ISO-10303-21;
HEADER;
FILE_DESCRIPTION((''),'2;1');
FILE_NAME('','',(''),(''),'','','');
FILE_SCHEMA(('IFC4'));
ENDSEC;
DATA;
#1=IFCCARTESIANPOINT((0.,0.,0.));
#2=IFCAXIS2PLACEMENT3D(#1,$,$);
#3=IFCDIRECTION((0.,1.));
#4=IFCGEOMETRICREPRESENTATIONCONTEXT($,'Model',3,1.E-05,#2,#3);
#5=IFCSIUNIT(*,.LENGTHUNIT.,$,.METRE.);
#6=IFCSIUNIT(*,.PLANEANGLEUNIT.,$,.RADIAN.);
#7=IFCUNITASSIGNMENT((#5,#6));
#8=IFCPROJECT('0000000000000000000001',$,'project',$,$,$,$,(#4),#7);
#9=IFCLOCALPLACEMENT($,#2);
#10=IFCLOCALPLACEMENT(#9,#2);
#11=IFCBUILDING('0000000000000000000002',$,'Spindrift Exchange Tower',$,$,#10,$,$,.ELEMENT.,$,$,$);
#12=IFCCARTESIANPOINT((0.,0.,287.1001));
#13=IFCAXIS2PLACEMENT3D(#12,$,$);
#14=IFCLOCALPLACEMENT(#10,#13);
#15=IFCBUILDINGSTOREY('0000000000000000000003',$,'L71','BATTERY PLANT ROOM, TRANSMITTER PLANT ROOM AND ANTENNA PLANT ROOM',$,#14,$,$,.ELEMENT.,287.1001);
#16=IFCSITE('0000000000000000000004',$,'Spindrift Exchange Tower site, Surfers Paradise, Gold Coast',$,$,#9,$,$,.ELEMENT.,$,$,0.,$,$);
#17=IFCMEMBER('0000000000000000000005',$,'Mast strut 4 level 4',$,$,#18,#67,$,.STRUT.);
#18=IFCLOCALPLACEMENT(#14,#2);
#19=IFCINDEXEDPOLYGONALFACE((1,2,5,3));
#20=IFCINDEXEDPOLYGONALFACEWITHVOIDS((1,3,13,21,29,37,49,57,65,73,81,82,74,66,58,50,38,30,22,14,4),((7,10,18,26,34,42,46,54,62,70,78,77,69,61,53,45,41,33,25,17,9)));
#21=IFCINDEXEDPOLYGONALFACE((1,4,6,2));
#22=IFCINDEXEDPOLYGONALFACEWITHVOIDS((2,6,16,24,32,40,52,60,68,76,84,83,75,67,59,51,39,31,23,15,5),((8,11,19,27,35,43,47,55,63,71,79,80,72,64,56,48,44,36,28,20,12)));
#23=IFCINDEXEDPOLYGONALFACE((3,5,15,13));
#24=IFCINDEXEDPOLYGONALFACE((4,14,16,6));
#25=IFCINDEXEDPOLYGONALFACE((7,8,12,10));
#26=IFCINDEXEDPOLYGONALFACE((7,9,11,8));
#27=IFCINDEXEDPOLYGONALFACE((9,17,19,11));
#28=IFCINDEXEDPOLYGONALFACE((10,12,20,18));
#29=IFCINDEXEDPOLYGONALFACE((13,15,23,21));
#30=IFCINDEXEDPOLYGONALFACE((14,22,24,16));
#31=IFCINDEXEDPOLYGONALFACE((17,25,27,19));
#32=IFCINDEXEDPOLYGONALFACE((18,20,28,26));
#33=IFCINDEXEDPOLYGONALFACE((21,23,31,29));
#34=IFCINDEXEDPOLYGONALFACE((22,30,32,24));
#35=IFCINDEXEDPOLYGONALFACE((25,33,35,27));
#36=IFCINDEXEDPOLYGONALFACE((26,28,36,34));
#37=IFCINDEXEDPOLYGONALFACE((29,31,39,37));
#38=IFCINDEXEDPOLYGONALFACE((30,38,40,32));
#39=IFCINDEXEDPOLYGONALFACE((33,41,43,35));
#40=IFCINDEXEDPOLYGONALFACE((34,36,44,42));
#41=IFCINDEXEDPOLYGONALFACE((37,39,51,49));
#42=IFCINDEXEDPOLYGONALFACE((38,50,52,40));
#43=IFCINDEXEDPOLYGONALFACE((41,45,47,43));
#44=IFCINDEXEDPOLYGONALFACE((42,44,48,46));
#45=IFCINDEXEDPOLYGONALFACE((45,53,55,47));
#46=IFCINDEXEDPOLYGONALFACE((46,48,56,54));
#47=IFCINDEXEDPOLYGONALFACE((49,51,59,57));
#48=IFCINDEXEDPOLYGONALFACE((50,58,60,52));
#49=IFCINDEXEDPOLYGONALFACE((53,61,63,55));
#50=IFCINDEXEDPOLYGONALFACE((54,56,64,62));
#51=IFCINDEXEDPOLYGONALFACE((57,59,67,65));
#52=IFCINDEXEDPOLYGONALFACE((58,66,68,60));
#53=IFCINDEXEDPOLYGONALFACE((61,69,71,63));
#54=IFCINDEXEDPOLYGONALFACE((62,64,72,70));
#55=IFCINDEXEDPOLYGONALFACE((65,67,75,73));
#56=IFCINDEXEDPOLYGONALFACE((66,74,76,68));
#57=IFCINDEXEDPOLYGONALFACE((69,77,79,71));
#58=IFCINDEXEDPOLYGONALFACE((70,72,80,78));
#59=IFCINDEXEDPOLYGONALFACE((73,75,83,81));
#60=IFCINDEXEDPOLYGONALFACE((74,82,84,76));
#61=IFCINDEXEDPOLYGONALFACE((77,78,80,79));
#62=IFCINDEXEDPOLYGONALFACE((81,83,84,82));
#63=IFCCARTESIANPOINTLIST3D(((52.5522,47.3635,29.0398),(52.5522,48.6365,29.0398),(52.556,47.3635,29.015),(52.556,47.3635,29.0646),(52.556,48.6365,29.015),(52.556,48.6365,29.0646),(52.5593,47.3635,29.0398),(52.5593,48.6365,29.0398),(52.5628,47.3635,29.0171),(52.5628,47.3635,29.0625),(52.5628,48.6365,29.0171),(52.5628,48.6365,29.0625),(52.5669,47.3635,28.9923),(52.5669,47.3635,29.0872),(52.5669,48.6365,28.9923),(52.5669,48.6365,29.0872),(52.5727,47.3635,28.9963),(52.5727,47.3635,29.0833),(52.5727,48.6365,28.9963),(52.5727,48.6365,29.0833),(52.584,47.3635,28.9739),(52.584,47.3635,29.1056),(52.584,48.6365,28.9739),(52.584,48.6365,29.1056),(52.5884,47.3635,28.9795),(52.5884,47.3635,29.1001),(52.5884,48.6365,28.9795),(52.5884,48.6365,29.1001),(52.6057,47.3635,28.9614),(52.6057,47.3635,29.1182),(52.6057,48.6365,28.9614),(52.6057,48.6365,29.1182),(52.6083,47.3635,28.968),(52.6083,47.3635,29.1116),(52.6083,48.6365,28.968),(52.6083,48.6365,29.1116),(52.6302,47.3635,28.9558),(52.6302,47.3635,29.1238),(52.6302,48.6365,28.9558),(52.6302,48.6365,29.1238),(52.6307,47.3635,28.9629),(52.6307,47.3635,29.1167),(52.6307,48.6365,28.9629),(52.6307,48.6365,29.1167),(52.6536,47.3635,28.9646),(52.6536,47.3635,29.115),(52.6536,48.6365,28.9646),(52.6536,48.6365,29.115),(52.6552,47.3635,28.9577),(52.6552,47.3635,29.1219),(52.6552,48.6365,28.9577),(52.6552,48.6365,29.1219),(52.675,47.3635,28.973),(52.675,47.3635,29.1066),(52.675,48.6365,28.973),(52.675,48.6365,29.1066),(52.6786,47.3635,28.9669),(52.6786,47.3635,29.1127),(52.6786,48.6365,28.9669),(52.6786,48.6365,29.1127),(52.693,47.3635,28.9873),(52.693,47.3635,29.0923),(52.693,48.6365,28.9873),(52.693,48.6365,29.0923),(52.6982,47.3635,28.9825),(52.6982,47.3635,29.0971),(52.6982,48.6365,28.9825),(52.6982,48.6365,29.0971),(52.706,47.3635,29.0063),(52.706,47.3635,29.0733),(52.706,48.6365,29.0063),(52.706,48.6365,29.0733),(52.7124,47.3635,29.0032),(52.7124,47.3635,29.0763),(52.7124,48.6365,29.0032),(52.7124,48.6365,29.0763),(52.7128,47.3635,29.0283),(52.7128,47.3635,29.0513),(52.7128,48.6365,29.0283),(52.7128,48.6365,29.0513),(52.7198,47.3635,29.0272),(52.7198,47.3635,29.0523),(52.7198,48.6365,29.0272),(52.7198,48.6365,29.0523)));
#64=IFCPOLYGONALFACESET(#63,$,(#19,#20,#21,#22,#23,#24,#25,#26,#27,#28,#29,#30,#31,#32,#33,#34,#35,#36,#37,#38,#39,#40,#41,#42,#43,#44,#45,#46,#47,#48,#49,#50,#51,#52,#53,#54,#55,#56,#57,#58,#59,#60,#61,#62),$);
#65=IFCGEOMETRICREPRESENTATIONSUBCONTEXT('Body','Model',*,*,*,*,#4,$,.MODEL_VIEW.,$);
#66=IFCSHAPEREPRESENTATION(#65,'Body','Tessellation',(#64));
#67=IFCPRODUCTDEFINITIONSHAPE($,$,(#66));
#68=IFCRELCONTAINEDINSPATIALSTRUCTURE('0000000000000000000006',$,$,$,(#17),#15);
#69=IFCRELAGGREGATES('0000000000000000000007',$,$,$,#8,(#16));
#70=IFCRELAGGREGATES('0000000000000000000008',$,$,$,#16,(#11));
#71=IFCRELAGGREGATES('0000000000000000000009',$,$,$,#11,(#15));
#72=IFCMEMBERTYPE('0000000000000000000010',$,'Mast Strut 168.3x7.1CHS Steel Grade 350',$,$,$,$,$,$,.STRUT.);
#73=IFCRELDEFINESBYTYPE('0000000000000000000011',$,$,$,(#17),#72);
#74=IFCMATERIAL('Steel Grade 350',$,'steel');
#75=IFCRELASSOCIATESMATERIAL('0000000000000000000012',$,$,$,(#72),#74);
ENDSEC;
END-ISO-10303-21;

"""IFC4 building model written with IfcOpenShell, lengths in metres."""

from ifc_helpers import new_model, si_unit, direction, frame, origin, origin_2d, place, context, subcontext, project, spatial, hollow_circle, extrude, source, transform, mapped, material, material_profile, profile_set, type_object, element, save


model = new_model("IFC4")

# Units and contexts
model_context = context("Model", 3, precision=1e-05, world=origin(), true_north=direction((0.0, 1.0)))
body_context = subcontext(model_context, "Body", "Model", "MODEL_VIEW")
ifc_project = project(units=[si_unit("LENGTHUNIT", "METRE"), si_unit("PLANEANGLEUNIT", "RADIAN")], contexts=[model_context])

# Site, building, storey
site_placement = place(None, origin())
site = spatial("IfcSite", under=ifc_project, at=site_placement, Name="Spindrift Exchange Tower site, Surfers Paradise, Gold Coast", CompositionType="ELEMENT", RefElevation=0.0)
building_placement = place(site_placement, origin())
building = spatial("IfcBuilding", under=site, at=building_placement, Name="Spindrift Exchange Tower", CompositionType="ELEMENT")
storey_placement = place(building_placement, frame((0.0, 0.0, 287.1001)))
storey = spatial("IfcBuildingStorey", under=building, at=storey_placement, Name="L71", Description="BATTERY PLANT ROOM, TRANSMITTER PLANT ROOM AND ANTENNA PLANT ROOM", CompositionType="ELEMENT", Elevation=287.1001)

# Member
ifc_material = material(Name="Steel Grade 350", Category="steel")
ifc_material_profile_1 = material_profile(ifc_material, hollow_circle(Radius=0.0842, WallThickness=0.0071, at=origin_2d()), Name="168.3x7.1CHS")
ifc_profile_set_1 = profile_set([ifc_material_profile_1], Name="Steel Grade 350")
member_type_1 = type_object("IfcMemberType", Name="Mast Strut 168.3x7.1CHS Steel Grade 350", PredefinedType="STRUT", material=ifc_profile_set_1)
shared_shape_1 = source(origin(), body_context, "Body", "SweptSolid", [
    extrude(hollow_circle(Radius=0.0842, WallThickness=0.0071, at=origin_2d()), origin(), (0.0, 0.0, 1.0), 1.2729),
])
for number, where, z_axis, x_axis, name in (
    (1, (52.6365, 47.3635, 29.0398), (0.0, 1.0, 0.0), (-1.0, 0.0, 0.0), "Mast strut 4 level 4"),
):
    element("IfcMember", number, at=place(storey_placement, frame(where, z_axis=z_axis, x_axis=x_axis)), inside=storey, type_object=member_type_1, Name=name, PredefinedType="STRUT", context=body_context, shape_type="MappedRepresentation", body=[
        mapped(shared_shape_1, transform((0.0, 0.0, 0.0), scale=1.0)),
    ])

save(model, "model.ifc")
